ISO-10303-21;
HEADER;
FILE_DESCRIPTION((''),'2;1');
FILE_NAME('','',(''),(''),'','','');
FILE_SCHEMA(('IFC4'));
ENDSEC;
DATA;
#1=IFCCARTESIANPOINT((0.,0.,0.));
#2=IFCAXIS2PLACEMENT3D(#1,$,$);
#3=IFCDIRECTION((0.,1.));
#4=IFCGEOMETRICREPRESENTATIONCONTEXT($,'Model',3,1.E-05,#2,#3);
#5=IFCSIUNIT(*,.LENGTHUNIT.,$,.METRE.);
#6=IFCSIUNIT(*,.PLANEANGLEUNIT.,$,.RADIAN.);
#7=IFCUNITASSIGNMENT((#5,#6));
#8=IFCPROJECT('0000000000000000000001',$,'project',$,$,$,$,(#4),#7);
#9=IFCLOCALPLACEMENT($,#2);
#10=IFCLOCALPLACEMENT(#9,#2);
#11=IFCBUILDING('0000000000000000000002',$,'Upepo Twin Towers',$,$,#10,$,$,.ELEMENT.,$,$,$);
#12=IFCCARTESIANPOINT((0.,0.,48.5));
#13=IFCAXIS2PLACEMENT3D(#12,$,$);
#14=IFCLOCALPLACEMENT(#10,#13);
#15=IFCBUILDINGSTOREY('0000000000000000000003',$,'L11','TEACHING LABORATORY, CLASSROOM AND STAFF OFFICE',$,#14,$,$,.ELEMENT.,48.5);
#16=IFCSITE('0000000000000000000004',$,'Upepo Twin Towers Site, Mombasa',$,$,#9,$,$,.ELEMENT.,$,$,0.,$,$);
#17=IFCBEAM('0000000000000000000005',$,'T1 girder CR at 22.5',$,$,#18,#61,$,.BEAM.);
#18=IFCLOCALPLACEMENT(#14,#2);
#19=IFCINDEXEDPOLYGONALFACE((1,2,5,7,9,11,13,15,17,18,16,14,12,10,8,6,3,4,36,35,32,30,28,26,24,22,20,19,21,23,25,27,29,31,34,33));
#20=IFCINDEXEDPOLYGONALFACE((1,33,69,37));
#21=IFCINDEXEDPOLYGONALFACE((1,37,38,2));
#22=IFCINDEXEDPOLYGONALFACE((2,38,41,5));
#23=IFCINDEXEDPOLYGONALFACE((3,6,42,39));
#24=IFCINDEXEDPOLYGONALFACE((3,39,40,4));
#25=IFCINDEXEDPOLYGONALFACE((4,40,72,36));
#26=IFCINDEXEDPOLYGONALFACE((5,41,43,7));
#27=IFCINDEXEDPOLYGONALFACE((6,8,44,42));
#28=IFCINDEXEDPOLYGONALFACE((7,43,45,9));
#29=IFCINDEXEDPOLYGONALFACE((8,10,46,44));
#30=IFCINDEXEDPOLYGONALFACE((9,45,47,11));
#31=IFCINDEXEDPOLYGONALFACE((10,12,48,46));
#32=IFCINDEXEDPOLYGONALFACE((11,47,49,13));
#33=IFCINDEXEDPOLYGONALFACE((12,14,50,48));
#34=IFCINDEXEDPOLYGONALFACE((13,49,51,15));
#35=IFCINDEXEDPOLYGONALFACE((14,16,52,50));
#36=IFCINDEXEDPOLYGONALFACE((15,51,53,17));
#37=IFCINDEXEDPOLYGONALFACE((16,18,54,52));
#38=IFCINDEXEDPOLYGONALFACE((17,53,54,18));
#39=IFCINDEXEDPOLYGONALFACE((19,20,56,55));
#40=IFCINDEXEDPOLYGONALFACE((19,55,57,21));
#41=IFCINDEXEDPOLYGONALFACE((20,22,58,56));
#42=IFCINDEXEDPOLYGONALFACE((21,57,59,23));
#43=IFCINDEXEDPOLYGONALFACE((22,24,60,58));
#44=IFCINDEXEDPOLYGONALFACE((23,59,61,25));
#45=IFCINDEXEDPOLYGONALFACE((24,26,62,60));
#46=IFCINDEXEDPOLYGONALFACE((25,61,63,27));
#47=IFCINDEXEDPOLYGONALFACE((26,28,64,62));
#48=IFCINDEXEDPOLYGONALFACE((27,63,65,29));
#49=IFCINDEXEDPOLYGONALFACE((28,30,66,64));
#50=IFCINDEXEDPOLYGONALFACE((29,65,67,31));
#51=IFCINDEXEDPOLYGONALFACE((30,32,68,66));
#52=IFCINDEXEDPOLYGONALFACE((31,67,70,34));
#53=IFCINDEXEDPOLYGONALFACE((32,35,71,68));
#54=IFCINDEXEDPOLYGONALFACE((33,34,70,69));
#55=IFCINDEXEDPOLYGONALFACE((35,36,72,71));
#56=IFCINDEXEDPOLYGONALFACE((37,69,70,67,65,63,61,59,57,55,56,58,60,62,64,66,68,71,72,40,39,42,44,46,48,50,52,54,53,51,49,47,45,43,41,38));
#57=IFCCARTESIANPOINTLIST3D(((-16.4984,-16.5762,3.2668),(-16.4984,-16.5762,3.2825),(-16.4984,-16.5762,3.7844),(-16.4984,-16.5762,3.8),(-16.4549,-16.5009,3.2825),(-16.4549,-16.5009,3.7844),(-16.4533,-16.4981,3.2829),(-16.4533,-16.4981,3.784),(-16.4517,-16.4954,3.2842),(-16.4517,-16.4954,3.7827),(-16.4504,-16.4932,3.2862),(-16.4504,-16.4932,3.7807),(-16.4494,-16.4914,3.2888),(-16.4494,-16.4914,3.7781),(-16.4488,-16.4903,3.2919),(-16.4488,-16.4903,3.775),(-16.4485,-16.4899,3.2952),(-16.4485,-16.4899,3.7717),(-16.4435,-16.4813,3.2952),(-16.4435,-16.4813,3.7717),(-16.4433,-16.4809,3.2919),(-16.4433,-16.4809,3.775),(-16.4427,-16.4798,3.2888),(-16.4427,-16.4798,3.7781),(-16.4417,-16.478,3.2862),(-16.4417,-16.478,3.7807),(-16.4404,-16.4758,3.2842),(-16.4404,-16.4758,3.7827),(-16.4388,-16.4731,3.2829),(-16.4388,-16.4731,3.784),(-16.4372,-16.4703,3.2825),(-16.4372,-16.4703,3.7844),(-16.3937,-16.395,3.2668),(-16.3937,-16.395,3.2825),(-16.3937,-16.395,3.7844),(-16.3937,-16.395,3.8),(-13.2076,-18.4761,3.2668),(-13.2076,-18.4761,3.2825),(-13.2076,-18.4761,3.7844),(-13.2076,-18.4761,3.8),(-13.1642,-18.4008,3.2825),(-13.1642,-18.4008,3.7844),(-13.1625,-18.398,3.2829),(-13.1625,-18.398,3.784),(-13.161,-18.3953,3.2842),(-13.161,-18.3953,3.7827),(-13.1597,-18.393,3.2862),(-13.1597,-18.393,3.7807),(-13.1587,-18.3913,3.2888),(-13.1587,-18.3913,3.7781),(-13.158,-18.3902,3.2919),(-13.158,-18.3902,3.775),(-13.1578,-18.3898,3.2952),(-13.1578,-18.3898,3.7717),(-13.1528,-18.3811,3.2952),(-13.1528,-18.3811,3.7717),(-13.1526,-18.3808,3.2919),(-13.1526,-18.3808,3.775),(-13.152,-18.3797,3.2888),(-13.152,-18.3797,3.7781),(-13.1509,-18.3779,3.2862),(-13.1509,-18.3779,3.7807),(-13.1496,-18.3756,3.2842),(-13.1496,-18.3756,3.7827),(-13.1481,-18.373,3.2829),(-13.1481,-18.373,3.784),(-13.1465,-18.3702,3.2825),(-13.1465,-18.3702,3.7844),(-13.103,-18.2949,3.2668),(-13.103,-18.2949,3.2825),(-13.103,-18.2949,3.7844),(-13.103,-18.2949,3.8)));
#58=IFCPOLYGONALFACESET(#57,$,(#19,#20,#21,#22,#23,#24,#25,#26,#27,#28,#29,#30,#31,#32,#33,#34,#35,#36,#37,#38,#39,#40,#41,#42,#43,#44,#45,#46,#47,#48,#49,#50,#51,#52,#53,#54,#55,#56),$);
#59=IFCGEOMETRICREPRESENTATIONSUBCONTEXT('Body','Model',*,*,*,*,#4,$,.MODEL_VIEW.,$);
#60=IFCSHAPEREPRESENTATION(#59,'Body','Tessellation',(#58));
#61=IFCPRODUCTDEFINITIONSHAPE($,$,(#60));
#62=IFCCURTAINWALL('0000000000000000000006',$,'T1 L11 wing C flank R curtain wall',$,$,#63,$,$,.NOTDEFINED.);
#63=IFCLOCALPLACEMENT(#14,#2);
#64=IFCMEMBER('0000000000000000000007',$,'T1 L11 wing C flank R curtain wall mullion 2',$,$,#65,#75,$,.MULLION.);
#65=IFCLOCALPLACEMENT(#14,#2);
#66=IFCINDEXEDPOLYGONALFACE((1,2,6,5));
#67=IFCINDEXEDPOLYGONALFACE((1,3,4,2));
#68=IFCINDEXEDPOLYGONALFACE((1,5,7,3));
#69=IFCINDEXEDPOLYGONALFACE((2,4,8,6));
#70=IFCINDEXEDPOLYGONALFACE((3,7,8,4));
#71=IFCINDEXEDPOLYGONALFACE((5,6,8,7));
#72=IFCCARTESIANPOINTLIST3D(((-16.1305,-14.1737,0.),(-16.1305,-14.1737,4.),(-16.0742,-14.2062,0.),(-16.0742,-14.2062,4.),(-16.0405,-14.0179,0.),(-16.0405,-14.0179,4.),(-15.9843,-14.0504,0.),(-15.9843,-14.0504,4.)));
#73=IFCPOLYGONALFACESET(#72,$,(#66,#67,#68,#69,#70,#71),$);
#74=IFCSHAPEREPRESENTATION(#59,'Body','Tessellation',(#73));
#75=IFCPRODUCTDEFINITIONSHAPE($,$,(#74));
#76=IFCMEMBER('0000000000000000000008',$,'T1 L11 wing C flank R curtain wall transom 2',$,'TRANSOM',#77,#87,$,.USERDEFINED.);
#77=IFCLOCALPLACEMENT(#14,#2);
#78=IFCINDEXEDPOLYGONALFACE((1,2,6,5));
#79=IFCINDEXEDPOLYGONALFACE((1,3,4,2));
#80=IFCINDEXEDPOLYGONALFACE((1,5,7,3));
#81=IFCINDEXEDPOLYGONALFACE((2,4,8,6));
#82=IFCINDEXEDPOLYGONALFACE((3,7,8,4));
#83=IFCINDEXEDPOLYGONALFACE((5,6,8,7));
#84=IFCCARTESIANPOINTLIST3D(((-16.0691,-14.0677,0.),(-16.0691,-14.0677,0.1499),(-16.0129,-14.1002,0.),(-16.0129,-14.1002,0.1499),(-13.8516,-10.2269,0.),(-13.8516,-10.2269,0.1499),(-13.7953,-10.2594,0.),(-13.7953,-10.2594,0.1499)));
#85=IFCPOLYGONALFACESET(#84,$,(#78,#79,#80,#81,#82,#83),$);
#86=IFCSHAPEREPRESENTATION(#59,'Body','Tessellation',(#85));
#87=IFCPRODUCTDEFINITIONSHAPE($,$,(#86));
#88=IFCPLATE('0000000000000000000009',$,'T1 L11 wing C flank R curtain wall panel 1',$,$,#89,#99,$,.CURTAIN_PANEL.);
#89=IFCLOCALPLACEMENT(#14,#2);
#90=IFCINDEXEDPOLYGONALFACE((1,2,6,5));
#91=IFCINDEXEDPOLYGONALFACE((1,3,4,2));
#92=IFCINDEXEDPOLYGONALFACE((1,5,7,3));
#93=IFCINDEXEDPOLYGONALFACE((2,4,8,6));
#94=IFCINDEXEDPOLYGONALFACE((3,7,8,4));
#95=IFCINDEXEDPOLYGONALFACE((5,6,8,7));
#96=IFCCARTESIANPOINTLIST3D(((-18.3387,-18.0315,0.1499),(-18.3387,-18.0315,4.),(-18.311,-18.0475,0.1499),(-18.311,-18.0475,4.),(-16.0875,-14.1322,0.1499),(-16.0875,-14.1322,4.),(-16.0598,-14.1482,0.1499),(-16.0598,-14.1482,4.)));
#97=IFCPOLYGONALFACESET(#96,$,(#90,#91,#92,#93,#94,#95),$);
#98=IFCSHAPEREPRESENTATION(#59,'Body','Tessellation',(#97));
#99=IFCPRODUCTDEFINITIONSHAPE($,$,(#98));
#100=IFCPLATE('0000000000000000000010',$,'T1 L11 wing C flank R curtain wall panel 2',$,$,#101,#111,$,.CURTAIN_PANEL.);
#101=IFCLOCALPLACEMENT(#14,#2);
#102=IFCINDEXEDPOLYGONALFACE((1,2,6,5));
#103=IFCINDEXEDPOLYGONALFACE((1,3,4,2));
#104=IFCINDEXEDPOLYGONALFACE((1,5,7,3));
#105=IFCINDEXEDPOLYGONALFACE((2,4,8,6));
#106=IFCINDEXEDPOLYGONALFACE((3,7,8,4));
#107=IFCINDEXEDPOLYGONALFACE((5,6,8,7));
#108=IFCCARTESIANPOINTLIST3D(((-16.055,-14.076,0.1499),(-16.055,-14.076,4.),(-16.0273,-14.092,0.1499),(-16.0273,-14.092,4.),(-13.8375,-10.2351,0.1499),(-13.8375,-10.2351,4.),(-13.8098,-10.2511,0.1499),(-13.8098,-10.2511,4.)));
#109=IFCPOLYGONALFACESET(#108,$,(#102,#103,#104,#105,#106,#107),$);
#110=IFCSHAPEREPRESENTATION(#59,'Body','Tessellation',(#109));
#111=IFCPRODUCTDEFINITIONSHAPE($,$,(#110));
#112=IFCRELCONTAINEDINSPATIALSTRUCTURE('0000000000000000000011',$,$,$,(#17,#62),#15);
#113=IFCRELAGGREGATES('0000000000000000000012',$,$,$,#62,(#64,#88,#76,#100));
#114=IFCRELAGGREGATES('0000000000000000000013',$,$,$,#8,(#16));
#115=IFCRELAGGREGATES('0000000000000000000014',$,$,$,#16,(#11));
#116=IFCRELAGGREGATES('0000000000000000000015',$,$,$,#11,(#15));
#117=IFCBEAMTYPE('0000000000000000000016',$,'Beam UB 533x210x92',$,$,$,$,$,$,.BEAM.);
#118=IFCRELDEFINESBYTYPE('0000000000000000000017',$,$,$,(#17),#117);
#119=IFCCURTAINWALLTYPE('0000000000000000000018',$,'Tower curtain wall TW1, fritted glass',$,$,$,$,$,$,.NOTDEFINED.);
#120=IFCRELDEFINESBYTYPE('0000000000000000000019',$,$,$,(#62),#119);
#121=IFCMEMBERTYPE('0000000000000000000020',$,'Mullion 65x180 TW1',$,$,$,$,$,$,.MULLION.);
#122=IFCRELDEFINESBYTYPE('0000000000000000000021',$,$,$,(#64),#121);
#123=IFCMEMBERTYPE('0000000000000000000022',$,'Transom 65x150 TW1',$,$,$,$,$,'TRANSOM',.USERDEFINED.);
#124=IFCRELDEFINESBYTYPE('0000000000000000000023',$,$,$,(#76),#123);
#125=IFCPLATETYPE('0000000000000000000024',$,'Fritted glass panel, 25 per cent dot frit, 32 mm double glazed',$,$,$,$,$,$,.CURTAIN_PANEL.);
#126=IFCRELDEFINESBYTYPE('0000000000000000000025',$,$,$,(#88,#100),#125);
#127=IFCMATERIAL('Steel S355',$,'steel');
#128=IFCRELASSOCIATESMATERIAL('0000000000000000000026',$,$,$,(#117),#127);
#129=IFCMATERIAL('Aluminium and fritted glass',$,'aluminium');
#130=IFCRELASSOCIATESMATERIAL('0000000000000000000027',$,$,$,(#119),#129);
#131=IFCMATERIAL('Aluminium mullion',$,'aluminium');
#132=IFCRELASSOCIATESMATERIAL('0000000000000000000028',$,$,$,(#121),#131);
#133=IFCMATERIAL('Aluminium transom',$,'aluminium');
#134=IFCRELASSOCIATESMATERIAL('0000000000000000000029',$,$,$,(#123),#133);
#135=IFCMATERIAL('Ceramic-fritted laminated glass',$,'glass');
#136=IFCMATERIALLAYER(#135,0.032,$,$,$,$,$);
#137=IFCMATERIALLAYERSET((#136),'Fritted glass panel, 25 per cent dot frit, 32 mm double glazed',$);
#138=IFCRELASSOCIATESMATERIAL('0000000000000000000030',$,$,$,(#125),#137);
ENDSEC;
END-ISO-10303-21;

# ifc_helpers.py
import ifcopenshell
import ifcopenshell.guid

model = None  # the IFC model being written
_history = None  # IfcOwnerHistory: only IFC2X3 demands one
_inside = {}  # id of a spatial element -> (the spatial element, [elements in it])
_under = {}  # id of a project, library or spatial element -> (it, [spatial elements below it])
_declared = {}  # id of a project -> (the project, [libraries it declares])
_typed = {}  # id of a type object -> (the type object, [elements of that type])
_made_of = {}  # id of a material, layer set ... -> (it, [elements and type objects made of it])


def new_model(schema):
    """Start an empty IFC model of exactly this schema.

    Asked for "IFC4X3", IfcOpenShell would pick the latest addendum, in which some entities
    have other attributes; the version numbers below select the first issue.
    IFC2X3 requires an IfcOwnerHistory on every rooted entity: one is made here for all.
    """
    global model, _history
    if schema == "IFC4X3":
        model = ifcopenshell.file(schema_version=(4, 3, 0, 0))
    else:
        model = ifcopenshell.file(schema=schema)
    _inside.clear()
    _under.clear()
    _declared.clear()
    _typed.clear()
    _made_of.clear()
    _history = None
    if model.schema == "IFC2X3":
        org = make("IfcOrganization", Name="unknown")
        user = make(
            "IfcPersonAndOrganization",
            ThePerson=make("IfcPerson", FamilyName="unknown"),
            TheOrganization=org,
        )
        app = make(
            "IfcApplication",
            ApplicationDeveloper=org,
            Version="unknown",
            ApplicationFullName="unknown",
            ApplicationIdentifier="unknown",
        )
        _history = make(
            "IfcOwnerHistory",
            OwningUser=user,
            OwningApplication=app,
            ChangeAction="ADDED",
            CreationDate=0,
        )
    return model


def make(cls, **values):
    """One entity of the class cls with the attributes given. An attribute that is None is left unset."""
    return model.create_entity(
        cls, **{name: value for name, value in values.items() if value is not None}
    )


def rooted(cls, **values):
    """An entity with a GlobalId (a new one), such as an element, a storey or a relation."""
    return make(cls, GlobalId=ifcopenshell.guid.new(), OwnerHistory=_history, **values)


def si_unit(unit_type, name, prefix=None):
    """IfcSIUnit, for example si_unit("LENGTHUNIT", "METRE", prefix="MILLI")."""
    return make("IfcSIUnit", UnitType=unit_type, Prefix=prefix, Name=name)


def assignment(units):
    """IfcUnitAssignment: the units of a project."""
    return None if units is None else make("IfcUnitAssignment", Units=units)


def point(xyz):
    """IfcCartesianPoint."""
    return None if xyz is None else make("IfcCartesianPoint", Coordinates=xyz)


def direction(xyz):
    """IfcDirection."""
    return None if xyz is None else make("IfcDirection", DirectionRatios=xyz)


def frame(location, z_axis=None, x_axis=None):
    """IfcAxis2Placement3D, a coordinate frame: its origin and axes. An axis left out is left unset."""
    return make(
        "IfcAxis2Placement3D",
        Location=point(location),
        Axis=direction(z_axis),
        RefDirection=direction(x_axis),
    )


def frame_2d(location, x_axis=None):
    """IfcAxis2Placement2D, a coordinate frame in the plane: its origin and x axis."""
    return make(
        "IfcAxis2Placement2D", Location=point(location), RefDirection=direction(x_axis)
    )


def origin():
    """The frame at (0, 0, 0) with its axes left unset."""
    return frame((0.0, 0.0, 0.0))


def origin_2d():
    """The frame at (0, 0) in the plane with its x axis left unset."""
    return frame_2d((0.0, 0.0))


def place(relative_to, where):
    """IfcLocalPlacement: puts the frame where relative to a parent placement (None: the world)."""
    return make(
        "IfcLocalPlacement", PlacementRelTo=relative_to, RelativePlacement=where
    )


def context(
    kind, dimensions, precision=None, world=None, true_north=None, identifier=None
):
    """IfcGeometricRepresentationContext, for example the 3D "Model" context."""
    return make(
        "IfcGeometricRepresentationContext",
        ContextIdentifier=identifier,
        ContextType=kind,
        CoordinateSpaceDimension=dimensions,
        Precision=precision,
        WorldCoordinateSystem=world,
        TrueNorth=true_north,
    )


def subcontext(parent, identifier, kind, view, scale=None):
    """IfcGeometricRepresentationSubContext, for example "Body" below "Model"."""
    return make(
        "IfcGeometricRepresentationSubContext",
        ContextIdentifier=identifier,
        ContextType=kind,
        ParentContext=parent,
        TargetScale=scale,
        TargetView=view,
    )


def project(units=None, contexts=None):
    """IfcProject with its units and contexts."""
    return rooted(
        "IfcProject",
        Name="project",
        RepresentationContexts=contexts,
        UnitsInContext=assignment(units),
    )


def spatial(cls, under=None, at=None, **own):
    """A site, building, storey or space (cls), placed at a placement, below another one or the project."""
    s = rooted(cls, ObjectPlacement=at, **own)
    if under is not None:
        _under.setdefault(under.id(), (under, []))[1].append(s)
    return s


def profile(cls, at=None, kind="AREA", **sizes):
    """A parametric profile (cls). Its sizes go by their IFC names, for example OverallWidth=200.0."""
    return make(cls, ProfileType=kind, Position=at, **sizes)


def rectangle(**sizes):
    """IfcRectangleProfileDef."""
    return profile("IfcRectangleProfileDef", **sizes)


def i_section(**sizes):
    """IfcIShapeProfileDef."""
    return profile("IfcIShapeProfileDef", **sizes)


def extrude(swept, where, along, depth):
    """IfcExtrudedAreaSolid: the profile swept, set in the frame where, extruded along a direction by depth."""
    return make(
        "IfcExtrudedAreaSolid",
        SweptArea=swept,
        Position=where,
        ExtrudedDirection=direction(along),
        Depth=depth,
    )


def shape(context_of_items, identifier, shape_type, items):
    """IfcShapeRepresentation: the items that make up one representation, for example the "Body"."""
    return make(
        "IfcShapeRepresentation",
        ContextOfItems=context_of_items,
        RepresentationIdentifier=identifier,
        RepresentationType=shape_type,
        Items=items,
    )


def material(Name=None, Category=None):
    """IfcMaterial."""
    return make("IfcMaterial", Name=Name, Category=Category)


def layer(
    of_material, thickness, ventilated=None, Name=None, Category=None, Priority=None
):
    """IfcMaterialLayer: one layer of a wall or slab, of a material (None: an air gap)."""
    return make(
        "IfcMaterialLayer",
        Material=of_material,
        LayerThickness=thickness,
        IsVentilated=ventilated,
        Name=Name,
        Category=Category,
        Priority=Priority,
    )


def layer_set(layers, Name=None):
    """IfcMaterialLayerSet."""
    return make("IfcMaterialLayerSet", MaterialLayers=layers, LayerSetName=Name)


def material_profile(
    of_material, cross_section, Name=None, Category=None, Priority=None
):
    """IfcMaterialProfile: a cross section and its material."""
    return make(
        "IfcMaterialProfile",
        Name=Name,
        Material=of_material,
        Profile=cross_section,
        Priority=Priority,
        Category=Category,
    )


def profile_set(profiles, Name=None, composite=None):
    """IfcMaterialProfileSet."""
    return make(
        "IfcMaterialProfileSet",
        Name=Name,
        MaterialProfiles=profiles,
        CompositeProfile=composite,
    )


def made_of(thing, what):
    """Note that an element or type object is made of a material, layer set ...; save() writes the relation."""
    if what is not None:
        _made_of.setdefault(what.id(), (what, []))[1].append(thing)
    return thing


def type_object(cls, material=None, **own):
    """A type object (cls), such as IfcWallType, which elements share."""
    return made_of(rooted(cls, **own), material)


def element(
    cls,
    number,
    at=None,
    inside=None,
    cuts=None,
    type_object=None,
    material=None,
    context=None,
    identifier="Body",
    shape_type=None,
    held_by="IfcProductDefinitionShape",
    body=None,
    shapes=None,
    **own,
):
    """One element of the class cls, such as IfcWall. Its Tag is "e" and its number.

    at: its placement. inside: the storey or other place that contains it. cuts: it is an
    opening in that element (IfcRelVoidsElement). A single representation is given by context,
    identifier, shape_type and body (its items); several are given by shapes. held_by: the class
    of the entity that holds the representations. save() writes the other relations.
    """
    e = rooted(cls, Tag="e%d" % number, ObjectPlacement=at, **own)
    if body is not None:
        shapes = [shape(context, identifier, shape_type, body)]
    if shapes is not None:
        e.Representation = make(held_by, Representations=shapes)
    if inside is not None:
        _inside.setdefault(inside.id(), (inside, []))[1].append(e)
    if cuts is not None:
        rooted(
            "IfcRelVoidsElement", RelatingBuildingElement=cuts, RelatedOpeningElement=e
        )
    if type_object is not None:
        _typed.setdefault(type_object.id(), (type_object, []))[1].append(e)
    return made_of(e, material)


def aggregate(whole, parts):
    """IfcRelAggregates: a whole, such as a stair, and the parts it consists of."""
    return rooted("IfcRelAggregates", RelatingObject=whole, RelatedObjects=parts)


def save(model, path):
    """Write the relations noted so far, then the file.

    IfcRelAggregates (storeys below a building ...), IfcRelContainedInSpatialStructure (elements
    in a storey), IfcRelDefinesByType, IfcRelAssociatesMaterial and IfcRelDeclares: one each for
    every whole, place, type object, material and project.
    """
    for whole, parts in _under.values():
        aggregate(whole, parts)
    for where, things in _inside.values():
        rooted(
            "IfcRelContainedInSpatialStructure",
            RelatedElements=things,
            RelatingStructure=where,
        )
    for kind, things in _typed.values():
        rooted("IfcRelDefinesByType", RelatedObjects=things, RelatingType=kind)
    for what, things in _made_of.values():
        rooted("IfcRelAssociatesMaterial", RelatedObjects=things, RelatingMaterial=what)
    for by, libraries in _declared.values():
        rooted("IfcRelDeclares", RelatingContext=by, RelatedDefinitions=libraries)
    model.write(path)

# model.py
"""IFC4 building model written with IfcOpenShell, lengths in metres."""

from ifc_helpers import new_model, si_unit, direction, frame, origin, origin_2d, place, context, subcontext, project, spatial, rectangle, i_section, extrude, material, layer, layer_set, material_profile, profile_set, type_object, element, aggregate, save


model = new_model("IFC4")

# Units and contexts
model_context = context("Model", 3, precision=1e-05, world=origin(), true_north=direction((0.0, 1.0)))
body_context = subcontext(model_context, "Body", "Model", "MODEL_VIEW")
ifc_project = project(units=[si_unit("LENGTHUNIT", "METRE"), si_unit("PLANEANGLEUNIT", "RADIAN")], contexts=[model_context])

# Site, building, storey
site_placement = place(None, origin())
site = spatial("IfcSite", under=ifc_project, at=site_placement, Name="Upepo Twin Towers Site, Mombasa", CompositionType="ELEMENT", RefElevation=0.0)
building_placement = place(site_placement, origin())
building = spatial("IfcBuilding", under=site, at=building_placement, Name="Upepo Twin Towers", CompositionType="ELEMENT")
storey_placement = place(building_placement, frame((0.0, 0.0, 48.5)))
storey = spatial("IfcBuildingStorey", under=building, at=storey_placement, Name="L11", Description="TEACHING LABORATORY, CLASSROOM AND STAFF OFFICE", CompositionType="ELEMENT", Elevation=48.5)

# Beam
ifc_material_1 = material(Name="Steel S355", Category="steel")
ifc_material_profile_1 = material_profile(ifc_material_1, i_section(OverallWidth=0.2092, OverallDepth=0.5332, WebThickness=0.01, FlangeThickness=0.0156, FilletRadius=0.0127, at=origin_2d()), Name="UB 533x210x92")
ifc_profile_set_1 = profile_set([ifc_material_profile_1], Name="Steel S355")
beam_type_1 = type_object("IfcBeamType", Name="Beam UB 533x210x92", PredefinedType="BEAM", material=ifc_profile_set_1)
beam_1_placement = place(storey_placement, frame((-16.446, -16.4856, 3.5334), z_axis=(0.866028, -0.499995, 0.0), x_axis=(0.499995, 0.866028, 0.0)))
element("IfcBeam", 1, at=beam_1_placement, inside=storey, type_object=beam_type_1, Name="T1 girder CR at 22.5", PredefinedType="BEAM", context=body_context, shape_type="SweptSolid", body=[
    extrude(i_section(OverallWidth=0.2092, OverallDepth=0.5332, WebThickness=0.01, FlangeThickness=0.0156, FilletRadius=0.0127, at=origin_2d()), origin(), (0.0, 0.0, 1.0), 3.7998),
])

# Curtain wall, members, plates
ifc_material_2 = material(Name="Aluminium and fritted glass", Category="aluminium")
curtain_wall_type = type_object("IfcCurtainWallType", Name="Tower curtain wall TW1, fritted glass", PredefinedType="NOTDEFINED", material=ifc_material_2)
curtain_wall_placement = place(storey_placement, origin())
curtain_wall = element("IfcCurtainWall", 2, at=curtain_wall_placement, inside=storey, type_object=curtain_wall_type, Name="T1 L11 wing C flank R curtain wall", PredefinedType="NOTDEFINED")
ifc_material_3 = material(Name="Aluminium mullion", Category="aluminium")
ifc_material_profile_2 = material_profile(ifc_material_3, rectangle(XDim=0.0649, YDim=0.1799, at=origin_2d()), Name="MULLION 65x180")
ifc_profile_set_2 = profile_set([ifc_material_profile_2], Name="Aluminium mullion")
member_type_1 = type_object("IfcMemberType", Name="Mullion 65x180 TW1", PredefinedType="MULLION", material=ifc_profile_set_2)
member_1_placement = place(storey_placement, frame((-16.0574, -14.1121, 0.0), z_axis=(0.0, 0.0, 1.0), x_axis=(-0.866025, 0.5, 0.0)))
member_1 = element("IfcMember", 3, at=member_1_placement, type_object=member_type_1, Name="T1 L11 wing C flank R curtain wall mullion 2", PredefinedType="MULLION", context=body_context, shape_type="SweptSolid", body=[
    extrude(rectangle(XDim=0.0649, YDim=0.1799, at=origin_2d()), origin(), (0.0, 0.0, 1.0), 4.0),
])
ifc_material_4 = material(Name="Aluminium transom", Category="aluminium")
ifc_material_profile_3 = material_profile(ifc_material_4, rectangle(XDim=0.0649, YDim=0.1499, at=origin_2d()), Name="TRANSOM 65x150")
ifc_profile_set_3 = profile_set([ifc_material_profile_3], Name="Aluminium transom")
member_type_2 = type_object("IfcMemberType", Name="Transom 65x150 TW1", ElementType="TRANSOM", PredefinedType="USERDEFINED", material=ifc_profile_set_3)
member_2_placement = place(storey_placement, frame((-16.041, -14.084, 0.075), z_axis=(0.500005, 0.866022, 0.0), x_axis=(-0.866022, 0.500005, 0.0)))
member_2 = element("IfcMember", 4, at=member_2_placement, type_object=member_type_2, Name="T1 L11 wing C flank R curtain wall transom 2", ObjectType="TRANSOM", PredefinedType="USERDEFINED", context=body_context, shape_type="SweptSolid", body=[
    extrude(rectangle(XDim=0.0649, YDim=0.1499, at=origin_2d()), origin(), (0.0, 0.0, 1.0), 4.4351),
])
ifc_material_5 = material(Name="Ceramic-fritted laminated glass", Category="glass")
ifc_layer_1 = layer(ifc_material_5, 0.032)
ifc_layer_set_1 = layer_set([ifc_layer_1], Name="Fritted glass panel, 25 per cent dot frit, 32 mm double glazed")
plate_type = type_object("IfcPlateType", Name="Fritted glass panel, 25 per cent dot frit, 32 mm double glazed", PredefinedType="CURTAIN_PANEL", material=ifc_layer_set_1)
plate_1_placement = place(storey_placement, frame((-17.1992, -16.0898, 0.1499), z_axis=(0.0, 0.0, 1.0), x_axis=(0.5, 0.866025, 0.0)))
plate_1 = element("IfcPlate", 5, at=plate_1_placement, type_object=plate_type, Name="T1 L11 wing C flank R curtain wall panel 1", PredefinedType="CURTAIN_PANEL", context=body_context, shape_type="SweptSolid", body=[
    extrude(rectangle(XDim=4.5024, YDim=0.032, at=origin_2d()), origin(), (0.0, 0.0, 1.0), 3.8501),
])
plate_2_placement = place(storey_placement, frame((-14.9324, -12.1636, 0.1499), z_axis=(0.0, 0.0, 1.0), x_axis=(0.5, 0.866025, 0.0)))
plate_2 = element("IfcPlate", 6, at=plate_2_placement, type_object=plate_type, Name="T1 L11 wing C flank R curtain wall panel 2", PredefinedType="CURTAIN_PANEL", context=body_context, shape_type="SweptSolid", body=[
    extrude(rectangle(XDim=4.4351, YDim=0.032, at=origin_2d()), origin(), (0.0, 0.0, 1.0), 3.8501),
])
aggregate(curtain_wall, [member_1, plate_1, member_2, plate_2])

save(model, "model.ifc")
